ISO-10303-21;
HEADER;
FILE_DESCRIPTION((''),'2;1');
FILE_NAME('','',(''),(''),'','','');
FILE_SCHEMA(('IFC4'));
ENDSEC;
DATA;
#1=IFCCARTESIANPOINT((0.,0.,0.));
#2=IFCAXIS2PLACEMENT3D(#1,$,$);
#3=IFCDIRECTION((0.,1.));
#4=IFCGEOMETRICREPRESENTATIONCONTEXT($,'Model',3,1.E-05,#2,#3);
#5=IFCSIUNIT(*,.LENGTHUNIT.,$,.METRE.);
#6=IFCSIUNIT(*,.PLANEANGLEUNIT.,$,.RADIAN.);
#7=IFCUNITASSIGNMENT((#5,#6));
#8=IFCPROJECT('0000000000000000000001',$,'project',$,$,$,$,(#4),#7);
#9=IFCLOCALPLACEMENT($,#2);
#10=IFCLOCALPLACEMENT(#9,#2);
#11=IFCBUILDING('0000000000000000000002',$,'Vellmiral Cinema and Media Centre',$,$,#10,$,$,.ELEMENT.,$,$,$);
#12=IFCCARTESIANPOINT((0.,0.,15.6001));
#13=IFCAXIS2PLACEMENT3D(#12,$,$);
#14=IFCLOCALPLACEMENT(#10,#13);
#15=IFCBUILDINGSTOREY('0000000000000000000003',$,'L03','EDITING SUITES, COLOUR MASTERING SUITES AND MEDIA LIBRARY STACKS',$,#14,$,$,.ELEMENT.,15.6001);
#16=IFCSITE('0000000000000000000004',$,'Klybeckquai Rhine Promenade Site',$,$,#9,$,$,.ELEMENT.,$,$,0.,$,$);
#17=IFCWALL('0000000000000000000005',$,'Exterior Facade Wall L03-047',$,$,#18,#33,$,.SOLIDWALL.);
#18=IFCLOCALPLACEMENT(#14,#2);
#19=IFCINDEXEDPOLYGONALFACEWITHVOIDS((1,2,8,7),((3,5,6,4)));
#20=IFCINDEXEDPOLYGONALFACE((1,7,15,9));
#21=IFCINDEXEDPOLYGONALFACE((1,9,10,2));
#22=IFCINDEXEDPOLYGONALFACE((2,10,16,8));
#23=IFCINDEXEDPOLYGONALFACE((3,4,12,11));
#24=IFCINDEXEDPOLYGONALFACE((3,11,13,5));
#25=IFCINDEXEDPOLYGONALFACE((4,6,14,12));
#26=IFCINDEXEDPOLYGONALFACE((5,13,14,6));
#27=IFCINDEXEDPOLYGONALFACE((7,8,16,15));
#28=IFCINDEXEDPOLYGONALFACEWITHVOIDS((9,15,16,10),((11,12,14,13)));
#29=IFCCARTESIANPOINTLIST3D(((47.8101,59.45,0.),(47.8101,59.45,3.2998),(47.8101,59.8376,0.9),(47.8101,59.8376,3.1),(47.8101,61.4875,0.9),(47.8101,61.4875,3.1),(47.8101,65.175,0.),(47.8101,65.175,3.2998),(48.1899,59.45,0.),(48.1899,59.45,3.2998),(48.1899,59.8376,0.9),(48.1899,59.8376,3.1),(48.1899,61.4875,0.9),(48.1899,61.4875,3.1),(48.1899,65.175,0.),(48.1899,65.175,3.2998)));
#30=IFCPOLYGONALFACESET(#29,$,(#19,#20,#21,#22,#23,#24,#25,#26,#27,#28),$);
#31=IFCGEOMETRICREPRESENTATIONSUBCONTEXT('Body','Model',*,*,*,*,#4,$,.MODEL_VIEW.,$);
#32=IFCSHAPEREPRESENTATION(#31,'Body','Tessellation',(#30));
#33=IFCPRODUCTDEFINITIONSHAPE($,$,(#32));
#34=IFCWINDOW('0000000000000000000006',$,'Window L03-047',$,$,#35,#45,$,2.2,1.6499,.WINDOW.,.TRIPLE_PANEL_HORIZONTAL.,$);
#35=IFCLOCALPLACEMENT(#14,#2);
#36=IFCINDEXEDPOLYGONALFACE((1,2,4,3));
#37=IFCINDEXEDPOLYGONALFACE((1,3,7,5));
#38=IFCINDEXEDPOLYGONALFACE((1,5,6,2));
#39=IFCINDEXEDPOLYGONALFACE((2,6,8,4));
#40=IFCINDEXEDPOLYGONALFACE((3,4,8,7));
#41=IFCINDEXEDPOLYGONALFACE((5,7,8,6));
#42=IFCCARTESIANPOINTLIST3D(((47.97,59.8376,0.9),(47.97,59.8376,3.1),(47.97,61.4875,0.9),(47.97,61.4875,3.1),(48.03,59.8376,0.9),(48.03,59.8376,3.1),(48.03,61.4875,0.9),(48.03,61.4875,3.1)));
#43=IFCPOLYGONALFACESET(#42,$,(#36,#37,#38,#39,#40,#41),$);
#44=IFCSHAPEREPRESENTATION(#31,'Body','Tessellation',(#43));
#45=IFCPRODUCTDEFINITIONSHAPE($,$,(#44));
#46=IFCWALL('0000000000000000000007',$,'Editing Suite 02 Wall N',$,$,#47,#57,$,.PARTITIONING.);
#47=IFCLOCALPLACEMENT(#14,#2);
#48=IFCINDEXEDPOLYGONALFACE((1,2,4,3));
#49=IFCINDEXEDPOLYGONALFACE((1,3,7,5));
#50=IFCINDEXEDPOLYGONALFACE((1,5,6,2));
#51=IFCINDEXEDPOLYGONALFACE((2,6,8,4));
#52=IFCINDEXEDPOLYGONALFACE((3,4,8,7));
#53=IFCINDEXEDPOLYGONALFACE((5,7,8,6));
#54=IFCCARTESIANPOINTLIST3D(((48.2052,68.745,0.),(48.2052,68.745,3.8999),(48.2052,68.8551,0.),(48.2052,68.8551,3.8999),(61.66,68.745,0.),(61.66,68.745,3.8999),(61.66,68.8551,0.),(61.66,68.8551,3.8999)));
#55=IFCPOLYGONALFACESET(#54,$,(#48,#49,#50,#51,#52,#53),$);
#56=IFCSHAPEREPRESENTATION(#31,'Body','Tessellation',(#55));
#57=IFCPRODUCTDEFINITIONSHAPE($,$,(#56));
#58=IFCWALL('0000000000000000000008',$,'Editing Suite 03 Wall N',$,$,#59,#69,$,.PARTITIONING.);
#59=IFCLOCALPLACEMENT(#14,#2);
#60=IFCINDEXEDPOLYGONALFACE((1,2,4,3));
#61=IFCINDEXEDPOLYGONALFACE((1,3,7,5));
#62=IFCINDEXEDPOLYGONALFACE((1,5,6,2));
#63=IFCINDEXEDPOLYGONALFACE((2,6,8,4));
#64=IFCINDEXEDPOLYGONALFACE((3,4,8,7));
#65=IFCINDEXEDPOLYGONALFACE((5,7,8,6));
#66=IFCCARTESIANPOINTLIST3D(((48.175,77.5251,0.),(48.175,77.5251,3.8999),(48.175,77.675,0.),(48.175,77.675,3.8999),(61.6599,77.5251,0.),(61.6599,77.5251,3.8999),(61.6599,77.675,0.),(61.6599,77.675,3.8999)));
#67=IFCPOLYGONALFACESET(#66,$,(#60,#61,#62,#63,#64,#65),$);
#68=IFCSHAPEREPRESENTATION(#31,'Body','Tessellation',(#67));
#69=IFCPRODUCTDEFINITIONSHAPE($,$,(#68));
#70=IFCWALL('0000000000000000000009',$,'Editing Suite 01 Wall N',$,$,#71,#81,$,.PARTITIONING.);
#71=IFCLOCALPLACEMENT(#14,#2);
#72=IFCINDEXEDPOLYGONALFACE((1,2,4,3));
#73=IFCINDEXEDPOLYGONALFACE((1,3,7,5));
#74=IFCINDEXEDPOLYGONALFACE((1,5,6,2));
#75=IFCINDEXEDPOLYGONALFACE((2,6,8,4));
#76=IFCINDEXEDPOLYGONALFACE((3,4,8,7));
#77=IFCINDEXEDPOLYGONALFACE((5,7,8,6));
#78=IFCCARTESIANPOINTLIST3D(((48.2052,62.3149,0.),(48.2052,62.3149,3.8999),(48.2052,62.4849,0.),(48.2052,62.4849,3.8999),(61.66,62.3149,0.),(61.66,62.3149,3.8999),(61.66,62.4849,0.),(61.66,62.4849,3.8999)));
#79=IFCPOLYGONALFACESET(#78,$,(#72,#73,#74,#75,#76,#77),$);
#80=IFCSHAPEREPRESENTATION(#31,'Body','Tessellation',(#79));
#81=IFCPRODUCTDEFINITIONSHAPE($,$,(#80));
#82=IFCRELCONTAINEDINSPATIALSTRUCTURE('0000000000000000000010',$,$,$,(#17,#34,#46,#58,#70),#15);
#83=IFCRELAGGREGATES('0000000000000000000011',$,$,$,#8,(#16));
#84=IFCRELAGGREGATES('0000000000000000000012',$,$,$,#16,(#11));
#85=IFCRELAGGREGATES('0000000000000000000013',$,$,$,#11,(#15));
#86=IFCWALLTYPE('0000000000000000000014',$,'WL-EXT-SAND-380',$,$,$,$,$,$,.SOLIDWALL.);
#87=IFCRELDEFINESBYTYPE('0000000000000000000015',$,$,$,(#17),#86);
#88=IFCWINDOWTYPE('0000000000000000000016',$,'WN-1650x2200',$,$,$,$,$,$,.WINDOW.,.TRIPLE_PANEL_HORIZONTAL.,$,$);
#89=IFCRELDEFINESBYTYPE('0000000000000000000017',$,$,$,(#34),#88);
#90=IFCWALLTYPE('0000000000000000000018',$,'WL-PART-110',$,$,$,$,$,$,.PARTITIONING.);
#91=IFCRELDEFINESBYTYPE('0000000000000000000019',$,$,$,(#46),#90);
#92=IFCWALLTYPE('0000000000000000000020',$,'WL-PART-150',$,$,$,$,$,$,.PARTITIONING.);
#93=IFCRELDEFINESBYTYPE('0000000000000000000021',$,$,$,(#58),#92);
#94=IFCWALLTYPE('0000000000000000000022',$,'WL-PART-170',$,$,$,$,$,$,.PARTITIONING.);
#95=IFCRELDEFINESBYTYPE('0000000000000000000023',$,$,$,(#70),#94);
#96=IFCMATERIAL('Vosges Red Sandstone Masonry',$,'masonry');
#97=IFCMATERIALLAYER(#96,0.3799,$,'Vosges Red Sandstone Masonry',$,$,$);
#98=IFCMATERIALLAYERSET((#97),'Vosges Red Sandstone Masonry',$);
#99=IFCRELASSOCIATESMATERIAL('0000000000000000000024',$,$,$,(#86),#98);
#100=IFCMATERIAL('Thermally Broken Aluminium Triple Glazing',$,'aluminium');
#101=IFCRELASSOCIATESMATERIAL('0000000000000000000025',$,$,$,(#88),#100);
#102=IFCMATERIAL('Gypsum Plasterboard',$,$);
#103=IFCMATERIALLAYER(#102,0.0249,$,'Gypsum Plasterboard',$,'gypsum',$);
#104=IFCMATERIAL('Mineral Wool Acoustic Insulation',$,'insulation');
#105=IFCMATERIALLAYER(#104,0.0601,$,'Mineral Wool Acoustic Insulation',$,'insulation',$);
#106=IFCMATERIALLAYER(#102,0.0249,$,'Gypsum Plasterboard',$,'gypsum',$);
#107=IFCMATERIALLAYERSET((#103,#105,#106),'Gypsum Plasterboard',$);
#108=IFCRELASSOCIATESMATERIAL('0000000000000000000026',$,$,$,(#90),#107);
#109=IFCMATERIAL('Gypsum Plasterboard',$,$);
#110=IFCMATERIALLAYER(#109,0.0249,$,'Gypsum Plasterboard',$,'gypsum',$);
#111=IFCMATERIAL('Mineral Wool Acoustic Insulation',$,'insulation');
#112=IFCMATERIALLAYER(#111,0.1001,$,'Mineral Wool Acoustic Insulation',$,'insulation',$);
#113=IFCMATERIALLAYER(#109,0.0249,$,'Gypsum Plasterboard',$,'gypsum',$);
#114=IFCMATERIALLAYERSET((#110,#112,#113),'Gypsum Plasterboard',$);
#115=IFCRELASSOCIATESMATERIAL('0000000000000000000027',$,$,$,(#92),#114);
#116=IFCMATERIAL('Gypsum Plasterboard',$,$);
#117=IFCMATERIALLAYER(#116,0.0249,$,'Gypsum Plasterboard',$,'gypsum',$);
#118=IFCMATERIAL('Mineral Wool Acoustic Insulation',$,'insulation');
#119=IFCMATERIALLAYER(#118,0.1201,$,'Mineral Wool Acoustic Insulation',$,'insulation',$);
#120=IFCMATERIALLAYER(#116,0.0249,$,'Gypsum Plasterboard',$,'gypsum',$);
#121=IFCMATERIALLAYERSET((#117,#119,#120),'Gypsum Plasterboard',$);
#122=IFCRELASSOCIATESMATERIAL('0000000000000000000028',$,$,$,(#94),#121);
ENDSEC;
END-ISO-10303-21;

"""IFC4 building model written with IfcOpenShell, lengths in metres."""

from ifc_helpers import new_model, si_unit, direction, frame, frame_2d, origin, place, context, subcontext, project, spatial, rectangle, extrude, material, layer, layer_set, type_object, element, fill, save


model = new_model("IFC4")

# Units and contexts
model_context = context("Model", 3, precision=1e-05, world=origin(), true_north=direction((0.0, 1.0)))
body_context = subcontext(model_context, "Body", "Model", "MODEL_VIEW")
ifc_project = project(units=[si_unit("LENGTHUNIT", "METRE"), si_unit("PLANEANGLEUNIT", "RADIAN")], contexts=[model_context])

# Site, building, storey
site_placement = place(None, origin())
site = spatial("IfcSite", under=ifc_project, at=site_placement, Name="Klybeckquai Rhine Promenade Site", CompositionType="ELEMENT", RefElevation=0.0)
building_placement = place(site_placement, origin())
building = spatial("IfcBuilding", under=site, at=building_placement, Name="Vellmiral Cinema and Media Centre", CompositionType="ELEMENT")
storey_placement = place(building_placement, frame((0.0, 0.0, 15.6001)))
storey = spatial("IfcBuildingStorey", under=building, at=storey_placement, Name="L03", Description="EDITING SUITES, COLOUR MASTERING SUITES AND MEDIA LIBRARY STACKS", CompositionType="ELEMENT", Elevation=15.6001)

# Wall, opening, window
ifc_material_1 = material(Name="Vosges Red Sandstone Masonry", Category="masonry")
ifc_layer_1 = layer(ifc_material_1, 0.3799, Name="Vosges Red Sandstone Masonry")
ifc_layer_set_1 = layer_set([ifc_layer_1], Name="Vosges Red Sandstone Masonry")
wall_type_1 = type_object("IfcWallType", Name="WL-EXT-SAND-380", PredefinedType="SOLIDWALL", material=ifc_layer_set_1)
wall_1_placement = place(storey_placement, frame((48.0, 65.175, 0.0), z_axis=(0.0, 0.0, 1.0), x_axis=(0.0, -1.0, 0.0)))
wall_1 = element("IfcWall", 1, at=wall_1_placement, inside=storey, type_object=wall_type_1, Name="Exterior Facade Wall L03-047", PredefinedType="SOLIDWALL", context=body_context, shape_type="SweptSolid", body=[
    extrude(rectangle(XDim=5.7251, YDim=0.3799, at=frame_2d((2.8625, 0.0))), origin(), (0.0, 0.0, 1.0), 3.2998),
])
opening_1_placement = place(wall_1_placement, frame((3.6875, 0.0, 0.8999)))
opening_1 = element("IfcOpeningElement", 2, at=opening_1_placement, cuts=wall_1, PredefinedType="OPENING", context=body_context, shape_type="SweptSolid", body=[
    extrude(rectangle(XDim=1.6499, YDim=2.2, at=frame_2d((0.825, 1.1001))), frame((0.0, 0.2019, 0.0), z_axis=(0.0, -1.0, 0.0), x_axis=(1.0, 0.0, 0.0)), (0.0, 0.0, 1.0), 0.4038),
])
ifc_material_2 = material(Name="Thermally Broken Aluminium Triple Glazing", Category="aluminium")
window_type_1 = type_object("IfcWindowType", Name="WN-1650x2200", PartitioningType="TRIPLE_PANEL_HORIZONTAL", PredefinedType="WINDOW", material=ifc_material_2)
window_1_placement = place(opening_1_placement, origin())
window_1 = element("IfcWindow", 3, at=window_1_placement, inside=storey, type_object=window_type_1, Name="Window L03-047", OverallHeight=2.2, OverallWidth=1.6499, PartitioningType="TRIPLE_PANEL_HORIZONTAL", PredefinedType="WINDOW", context=body_context, shape_type="SweptSolid", body=[
    extrude(rectangle(XDim=1.6499, YDim=2.2, at=frame_2d((0.825, 1.1001))), frame((0.0, 0.03, 0.0), z_axis=(0.0, -1.0, 0.0), x_axis=(1.0, 0.0, 0.0)), (0.0, 0.0, 1.0), 0.0601),
])
fill(opening_1, window_1)

# Walls
ifc_material_3 = material(Name="Gypsum Plasterboard")
ifc_layer_2 = layer(ifc_material_3, 0.0249, Name="Gypsum Plasterboard", Category="gypsum")
ifc_material_4 = material(Name="Mineral Wool Acoustic Insulation", Category="insulation")
ifc_layer_3 = layer(ifc_material_4, 0.0601, Name="Mineral Wool Acoustic Insulation", Category="insulation")
ifc_layer_4 = layer(ifc_material_3, 0.0249, Name="Gypsum Plasterboard", Category="gypsum")
ifc_layer_set_2 = layer_set([ifc_layer_2, ifc_layer_3, ifc_layer_4], Name="Gypsum Plasterboard")
wall_type_2 = type_object("IfcWallType", Name="WL-PART-110", PredefinedType="PARTITIONING", material=ifc_layer_set_2)
wall_2_placement = place(storey_placement, frame((48.2051, 68.8, 0.0), z_axis=(0.0, 0.0, 1.0), x_axis=(1.0, 0.0, 0.0)))
element("IfcWall", 4, at=wall_2_placement, inside=storey, type_object=wall_type_2, Name="Editing Suite 02 Wall N", PredefinedType="PARTITIONING", context=body_context, shape_type="SweptSolid", body=[
    extrude(rectangle(XDim=13.4548, YDim=0.1101, at=frame_2d((6.7275, 0.0))), origin(), (0.0, 0.0, 1.0), 3.8999),
])
ifc_material_5 = material(Name="Gypsum Plasterboard")
ifc_layer_5 = layer(ifc_material_5, 0.0249, Name="Gypsum Plasterboard", Category="gypsum")
ifc_material_6 = material(Name="Mineral Wool Acoustic Insulation", Category="insulation")
ifc_layer_6 = layer(ifc_material_6, 0.1001, Name="Mineral Wool Acoustic Insulation", Category="insulation")
ifc_layer_7 = layer(ifc_material_5, 0.0249, Name="Gypsum Plasterboard", Category="gypsum")
ifc_layer_set_3 = layer_set([ifc_layer_5, ifc_layer_6, ifc_layer_7], Name="Gypsum Plasterboard")
wall_type_3 = type_object("IfcWallType", Name="WL-PART-150", PredefinedType="PARTITIONING", material=ifc_layer_set_3)
wall_3_placement = place(storey_placement, frame((48.175, 77.6001, 0.0), z_axis=(0.0, 0.0, 1.0), x_axis=(1.0, 0.0, 0.0)))
element("IfcWall", 5, at=wall_3_placement, inside=storey, type_object=wall_type_3, Name="Editing Suite 03 Wall N", PredefinedType="PARTITIONING", context=body_context, shape_type="SweptSolid", body=[
    extrude(rectangle(XDim=13.4849, YDim=0.1499, at=frame_2d((6.7424, 0.0))), origin(), (0.0, 0.0, 1.0), 3.8999),
])
ifc_material_7 = material(Name="Gypsum Plasterboard")
ifc_layer_8 = layer(ifc_material_7, 0.0249, Name="Gypsum Plasterboard", Category="gypsum")
ifc_material_8 = material(Name="Mineral Wool Acoustic Insulation", Category="insulation")
ifc_layer_9 = layer(ifc_material_8, 0.1201, Name="Mineral Wool Acoustic Insulation", Category="insulation")
ifc_layer_10 = layer(ifc_material_7, 0.0249, Name="Gypsum Plasterboard", Category="gypsum")
ifc_layer_set_4 = layer_set([ifc_layer_8, ifc_layer_9, ifc_layer_10], Name="Gypsum Plasterboard")
wall_type_4 = type_object("IfcWallType", Name="WL-PART-170", PredefinedType="PARTITIONING", material=ifc_layer_set_4)
wall_4_placement = place(storey_placement, frame((48.2051, 62.3999, 0.0), z_axis=(0.0, 0.0, 1.0), x_axis=(1.0, 0.0, 0.0)))
element("IfcWall", 6, at=wall_4_placement, inside=storey, type_object=wall_type_4, Name="Editing Suite 01 Wall N", PredefinedType="PARTITIONING", context=body_context, shape_type="SweptSolid", body=[
    extrude(rectangle(XDim=13.4548, YDim=0.1699, at=frame_2d((6.7275, 0.0))), origin(), (0.0, 0.0, 1.0), 3.8999),
])

save(model, "model.ifc")
